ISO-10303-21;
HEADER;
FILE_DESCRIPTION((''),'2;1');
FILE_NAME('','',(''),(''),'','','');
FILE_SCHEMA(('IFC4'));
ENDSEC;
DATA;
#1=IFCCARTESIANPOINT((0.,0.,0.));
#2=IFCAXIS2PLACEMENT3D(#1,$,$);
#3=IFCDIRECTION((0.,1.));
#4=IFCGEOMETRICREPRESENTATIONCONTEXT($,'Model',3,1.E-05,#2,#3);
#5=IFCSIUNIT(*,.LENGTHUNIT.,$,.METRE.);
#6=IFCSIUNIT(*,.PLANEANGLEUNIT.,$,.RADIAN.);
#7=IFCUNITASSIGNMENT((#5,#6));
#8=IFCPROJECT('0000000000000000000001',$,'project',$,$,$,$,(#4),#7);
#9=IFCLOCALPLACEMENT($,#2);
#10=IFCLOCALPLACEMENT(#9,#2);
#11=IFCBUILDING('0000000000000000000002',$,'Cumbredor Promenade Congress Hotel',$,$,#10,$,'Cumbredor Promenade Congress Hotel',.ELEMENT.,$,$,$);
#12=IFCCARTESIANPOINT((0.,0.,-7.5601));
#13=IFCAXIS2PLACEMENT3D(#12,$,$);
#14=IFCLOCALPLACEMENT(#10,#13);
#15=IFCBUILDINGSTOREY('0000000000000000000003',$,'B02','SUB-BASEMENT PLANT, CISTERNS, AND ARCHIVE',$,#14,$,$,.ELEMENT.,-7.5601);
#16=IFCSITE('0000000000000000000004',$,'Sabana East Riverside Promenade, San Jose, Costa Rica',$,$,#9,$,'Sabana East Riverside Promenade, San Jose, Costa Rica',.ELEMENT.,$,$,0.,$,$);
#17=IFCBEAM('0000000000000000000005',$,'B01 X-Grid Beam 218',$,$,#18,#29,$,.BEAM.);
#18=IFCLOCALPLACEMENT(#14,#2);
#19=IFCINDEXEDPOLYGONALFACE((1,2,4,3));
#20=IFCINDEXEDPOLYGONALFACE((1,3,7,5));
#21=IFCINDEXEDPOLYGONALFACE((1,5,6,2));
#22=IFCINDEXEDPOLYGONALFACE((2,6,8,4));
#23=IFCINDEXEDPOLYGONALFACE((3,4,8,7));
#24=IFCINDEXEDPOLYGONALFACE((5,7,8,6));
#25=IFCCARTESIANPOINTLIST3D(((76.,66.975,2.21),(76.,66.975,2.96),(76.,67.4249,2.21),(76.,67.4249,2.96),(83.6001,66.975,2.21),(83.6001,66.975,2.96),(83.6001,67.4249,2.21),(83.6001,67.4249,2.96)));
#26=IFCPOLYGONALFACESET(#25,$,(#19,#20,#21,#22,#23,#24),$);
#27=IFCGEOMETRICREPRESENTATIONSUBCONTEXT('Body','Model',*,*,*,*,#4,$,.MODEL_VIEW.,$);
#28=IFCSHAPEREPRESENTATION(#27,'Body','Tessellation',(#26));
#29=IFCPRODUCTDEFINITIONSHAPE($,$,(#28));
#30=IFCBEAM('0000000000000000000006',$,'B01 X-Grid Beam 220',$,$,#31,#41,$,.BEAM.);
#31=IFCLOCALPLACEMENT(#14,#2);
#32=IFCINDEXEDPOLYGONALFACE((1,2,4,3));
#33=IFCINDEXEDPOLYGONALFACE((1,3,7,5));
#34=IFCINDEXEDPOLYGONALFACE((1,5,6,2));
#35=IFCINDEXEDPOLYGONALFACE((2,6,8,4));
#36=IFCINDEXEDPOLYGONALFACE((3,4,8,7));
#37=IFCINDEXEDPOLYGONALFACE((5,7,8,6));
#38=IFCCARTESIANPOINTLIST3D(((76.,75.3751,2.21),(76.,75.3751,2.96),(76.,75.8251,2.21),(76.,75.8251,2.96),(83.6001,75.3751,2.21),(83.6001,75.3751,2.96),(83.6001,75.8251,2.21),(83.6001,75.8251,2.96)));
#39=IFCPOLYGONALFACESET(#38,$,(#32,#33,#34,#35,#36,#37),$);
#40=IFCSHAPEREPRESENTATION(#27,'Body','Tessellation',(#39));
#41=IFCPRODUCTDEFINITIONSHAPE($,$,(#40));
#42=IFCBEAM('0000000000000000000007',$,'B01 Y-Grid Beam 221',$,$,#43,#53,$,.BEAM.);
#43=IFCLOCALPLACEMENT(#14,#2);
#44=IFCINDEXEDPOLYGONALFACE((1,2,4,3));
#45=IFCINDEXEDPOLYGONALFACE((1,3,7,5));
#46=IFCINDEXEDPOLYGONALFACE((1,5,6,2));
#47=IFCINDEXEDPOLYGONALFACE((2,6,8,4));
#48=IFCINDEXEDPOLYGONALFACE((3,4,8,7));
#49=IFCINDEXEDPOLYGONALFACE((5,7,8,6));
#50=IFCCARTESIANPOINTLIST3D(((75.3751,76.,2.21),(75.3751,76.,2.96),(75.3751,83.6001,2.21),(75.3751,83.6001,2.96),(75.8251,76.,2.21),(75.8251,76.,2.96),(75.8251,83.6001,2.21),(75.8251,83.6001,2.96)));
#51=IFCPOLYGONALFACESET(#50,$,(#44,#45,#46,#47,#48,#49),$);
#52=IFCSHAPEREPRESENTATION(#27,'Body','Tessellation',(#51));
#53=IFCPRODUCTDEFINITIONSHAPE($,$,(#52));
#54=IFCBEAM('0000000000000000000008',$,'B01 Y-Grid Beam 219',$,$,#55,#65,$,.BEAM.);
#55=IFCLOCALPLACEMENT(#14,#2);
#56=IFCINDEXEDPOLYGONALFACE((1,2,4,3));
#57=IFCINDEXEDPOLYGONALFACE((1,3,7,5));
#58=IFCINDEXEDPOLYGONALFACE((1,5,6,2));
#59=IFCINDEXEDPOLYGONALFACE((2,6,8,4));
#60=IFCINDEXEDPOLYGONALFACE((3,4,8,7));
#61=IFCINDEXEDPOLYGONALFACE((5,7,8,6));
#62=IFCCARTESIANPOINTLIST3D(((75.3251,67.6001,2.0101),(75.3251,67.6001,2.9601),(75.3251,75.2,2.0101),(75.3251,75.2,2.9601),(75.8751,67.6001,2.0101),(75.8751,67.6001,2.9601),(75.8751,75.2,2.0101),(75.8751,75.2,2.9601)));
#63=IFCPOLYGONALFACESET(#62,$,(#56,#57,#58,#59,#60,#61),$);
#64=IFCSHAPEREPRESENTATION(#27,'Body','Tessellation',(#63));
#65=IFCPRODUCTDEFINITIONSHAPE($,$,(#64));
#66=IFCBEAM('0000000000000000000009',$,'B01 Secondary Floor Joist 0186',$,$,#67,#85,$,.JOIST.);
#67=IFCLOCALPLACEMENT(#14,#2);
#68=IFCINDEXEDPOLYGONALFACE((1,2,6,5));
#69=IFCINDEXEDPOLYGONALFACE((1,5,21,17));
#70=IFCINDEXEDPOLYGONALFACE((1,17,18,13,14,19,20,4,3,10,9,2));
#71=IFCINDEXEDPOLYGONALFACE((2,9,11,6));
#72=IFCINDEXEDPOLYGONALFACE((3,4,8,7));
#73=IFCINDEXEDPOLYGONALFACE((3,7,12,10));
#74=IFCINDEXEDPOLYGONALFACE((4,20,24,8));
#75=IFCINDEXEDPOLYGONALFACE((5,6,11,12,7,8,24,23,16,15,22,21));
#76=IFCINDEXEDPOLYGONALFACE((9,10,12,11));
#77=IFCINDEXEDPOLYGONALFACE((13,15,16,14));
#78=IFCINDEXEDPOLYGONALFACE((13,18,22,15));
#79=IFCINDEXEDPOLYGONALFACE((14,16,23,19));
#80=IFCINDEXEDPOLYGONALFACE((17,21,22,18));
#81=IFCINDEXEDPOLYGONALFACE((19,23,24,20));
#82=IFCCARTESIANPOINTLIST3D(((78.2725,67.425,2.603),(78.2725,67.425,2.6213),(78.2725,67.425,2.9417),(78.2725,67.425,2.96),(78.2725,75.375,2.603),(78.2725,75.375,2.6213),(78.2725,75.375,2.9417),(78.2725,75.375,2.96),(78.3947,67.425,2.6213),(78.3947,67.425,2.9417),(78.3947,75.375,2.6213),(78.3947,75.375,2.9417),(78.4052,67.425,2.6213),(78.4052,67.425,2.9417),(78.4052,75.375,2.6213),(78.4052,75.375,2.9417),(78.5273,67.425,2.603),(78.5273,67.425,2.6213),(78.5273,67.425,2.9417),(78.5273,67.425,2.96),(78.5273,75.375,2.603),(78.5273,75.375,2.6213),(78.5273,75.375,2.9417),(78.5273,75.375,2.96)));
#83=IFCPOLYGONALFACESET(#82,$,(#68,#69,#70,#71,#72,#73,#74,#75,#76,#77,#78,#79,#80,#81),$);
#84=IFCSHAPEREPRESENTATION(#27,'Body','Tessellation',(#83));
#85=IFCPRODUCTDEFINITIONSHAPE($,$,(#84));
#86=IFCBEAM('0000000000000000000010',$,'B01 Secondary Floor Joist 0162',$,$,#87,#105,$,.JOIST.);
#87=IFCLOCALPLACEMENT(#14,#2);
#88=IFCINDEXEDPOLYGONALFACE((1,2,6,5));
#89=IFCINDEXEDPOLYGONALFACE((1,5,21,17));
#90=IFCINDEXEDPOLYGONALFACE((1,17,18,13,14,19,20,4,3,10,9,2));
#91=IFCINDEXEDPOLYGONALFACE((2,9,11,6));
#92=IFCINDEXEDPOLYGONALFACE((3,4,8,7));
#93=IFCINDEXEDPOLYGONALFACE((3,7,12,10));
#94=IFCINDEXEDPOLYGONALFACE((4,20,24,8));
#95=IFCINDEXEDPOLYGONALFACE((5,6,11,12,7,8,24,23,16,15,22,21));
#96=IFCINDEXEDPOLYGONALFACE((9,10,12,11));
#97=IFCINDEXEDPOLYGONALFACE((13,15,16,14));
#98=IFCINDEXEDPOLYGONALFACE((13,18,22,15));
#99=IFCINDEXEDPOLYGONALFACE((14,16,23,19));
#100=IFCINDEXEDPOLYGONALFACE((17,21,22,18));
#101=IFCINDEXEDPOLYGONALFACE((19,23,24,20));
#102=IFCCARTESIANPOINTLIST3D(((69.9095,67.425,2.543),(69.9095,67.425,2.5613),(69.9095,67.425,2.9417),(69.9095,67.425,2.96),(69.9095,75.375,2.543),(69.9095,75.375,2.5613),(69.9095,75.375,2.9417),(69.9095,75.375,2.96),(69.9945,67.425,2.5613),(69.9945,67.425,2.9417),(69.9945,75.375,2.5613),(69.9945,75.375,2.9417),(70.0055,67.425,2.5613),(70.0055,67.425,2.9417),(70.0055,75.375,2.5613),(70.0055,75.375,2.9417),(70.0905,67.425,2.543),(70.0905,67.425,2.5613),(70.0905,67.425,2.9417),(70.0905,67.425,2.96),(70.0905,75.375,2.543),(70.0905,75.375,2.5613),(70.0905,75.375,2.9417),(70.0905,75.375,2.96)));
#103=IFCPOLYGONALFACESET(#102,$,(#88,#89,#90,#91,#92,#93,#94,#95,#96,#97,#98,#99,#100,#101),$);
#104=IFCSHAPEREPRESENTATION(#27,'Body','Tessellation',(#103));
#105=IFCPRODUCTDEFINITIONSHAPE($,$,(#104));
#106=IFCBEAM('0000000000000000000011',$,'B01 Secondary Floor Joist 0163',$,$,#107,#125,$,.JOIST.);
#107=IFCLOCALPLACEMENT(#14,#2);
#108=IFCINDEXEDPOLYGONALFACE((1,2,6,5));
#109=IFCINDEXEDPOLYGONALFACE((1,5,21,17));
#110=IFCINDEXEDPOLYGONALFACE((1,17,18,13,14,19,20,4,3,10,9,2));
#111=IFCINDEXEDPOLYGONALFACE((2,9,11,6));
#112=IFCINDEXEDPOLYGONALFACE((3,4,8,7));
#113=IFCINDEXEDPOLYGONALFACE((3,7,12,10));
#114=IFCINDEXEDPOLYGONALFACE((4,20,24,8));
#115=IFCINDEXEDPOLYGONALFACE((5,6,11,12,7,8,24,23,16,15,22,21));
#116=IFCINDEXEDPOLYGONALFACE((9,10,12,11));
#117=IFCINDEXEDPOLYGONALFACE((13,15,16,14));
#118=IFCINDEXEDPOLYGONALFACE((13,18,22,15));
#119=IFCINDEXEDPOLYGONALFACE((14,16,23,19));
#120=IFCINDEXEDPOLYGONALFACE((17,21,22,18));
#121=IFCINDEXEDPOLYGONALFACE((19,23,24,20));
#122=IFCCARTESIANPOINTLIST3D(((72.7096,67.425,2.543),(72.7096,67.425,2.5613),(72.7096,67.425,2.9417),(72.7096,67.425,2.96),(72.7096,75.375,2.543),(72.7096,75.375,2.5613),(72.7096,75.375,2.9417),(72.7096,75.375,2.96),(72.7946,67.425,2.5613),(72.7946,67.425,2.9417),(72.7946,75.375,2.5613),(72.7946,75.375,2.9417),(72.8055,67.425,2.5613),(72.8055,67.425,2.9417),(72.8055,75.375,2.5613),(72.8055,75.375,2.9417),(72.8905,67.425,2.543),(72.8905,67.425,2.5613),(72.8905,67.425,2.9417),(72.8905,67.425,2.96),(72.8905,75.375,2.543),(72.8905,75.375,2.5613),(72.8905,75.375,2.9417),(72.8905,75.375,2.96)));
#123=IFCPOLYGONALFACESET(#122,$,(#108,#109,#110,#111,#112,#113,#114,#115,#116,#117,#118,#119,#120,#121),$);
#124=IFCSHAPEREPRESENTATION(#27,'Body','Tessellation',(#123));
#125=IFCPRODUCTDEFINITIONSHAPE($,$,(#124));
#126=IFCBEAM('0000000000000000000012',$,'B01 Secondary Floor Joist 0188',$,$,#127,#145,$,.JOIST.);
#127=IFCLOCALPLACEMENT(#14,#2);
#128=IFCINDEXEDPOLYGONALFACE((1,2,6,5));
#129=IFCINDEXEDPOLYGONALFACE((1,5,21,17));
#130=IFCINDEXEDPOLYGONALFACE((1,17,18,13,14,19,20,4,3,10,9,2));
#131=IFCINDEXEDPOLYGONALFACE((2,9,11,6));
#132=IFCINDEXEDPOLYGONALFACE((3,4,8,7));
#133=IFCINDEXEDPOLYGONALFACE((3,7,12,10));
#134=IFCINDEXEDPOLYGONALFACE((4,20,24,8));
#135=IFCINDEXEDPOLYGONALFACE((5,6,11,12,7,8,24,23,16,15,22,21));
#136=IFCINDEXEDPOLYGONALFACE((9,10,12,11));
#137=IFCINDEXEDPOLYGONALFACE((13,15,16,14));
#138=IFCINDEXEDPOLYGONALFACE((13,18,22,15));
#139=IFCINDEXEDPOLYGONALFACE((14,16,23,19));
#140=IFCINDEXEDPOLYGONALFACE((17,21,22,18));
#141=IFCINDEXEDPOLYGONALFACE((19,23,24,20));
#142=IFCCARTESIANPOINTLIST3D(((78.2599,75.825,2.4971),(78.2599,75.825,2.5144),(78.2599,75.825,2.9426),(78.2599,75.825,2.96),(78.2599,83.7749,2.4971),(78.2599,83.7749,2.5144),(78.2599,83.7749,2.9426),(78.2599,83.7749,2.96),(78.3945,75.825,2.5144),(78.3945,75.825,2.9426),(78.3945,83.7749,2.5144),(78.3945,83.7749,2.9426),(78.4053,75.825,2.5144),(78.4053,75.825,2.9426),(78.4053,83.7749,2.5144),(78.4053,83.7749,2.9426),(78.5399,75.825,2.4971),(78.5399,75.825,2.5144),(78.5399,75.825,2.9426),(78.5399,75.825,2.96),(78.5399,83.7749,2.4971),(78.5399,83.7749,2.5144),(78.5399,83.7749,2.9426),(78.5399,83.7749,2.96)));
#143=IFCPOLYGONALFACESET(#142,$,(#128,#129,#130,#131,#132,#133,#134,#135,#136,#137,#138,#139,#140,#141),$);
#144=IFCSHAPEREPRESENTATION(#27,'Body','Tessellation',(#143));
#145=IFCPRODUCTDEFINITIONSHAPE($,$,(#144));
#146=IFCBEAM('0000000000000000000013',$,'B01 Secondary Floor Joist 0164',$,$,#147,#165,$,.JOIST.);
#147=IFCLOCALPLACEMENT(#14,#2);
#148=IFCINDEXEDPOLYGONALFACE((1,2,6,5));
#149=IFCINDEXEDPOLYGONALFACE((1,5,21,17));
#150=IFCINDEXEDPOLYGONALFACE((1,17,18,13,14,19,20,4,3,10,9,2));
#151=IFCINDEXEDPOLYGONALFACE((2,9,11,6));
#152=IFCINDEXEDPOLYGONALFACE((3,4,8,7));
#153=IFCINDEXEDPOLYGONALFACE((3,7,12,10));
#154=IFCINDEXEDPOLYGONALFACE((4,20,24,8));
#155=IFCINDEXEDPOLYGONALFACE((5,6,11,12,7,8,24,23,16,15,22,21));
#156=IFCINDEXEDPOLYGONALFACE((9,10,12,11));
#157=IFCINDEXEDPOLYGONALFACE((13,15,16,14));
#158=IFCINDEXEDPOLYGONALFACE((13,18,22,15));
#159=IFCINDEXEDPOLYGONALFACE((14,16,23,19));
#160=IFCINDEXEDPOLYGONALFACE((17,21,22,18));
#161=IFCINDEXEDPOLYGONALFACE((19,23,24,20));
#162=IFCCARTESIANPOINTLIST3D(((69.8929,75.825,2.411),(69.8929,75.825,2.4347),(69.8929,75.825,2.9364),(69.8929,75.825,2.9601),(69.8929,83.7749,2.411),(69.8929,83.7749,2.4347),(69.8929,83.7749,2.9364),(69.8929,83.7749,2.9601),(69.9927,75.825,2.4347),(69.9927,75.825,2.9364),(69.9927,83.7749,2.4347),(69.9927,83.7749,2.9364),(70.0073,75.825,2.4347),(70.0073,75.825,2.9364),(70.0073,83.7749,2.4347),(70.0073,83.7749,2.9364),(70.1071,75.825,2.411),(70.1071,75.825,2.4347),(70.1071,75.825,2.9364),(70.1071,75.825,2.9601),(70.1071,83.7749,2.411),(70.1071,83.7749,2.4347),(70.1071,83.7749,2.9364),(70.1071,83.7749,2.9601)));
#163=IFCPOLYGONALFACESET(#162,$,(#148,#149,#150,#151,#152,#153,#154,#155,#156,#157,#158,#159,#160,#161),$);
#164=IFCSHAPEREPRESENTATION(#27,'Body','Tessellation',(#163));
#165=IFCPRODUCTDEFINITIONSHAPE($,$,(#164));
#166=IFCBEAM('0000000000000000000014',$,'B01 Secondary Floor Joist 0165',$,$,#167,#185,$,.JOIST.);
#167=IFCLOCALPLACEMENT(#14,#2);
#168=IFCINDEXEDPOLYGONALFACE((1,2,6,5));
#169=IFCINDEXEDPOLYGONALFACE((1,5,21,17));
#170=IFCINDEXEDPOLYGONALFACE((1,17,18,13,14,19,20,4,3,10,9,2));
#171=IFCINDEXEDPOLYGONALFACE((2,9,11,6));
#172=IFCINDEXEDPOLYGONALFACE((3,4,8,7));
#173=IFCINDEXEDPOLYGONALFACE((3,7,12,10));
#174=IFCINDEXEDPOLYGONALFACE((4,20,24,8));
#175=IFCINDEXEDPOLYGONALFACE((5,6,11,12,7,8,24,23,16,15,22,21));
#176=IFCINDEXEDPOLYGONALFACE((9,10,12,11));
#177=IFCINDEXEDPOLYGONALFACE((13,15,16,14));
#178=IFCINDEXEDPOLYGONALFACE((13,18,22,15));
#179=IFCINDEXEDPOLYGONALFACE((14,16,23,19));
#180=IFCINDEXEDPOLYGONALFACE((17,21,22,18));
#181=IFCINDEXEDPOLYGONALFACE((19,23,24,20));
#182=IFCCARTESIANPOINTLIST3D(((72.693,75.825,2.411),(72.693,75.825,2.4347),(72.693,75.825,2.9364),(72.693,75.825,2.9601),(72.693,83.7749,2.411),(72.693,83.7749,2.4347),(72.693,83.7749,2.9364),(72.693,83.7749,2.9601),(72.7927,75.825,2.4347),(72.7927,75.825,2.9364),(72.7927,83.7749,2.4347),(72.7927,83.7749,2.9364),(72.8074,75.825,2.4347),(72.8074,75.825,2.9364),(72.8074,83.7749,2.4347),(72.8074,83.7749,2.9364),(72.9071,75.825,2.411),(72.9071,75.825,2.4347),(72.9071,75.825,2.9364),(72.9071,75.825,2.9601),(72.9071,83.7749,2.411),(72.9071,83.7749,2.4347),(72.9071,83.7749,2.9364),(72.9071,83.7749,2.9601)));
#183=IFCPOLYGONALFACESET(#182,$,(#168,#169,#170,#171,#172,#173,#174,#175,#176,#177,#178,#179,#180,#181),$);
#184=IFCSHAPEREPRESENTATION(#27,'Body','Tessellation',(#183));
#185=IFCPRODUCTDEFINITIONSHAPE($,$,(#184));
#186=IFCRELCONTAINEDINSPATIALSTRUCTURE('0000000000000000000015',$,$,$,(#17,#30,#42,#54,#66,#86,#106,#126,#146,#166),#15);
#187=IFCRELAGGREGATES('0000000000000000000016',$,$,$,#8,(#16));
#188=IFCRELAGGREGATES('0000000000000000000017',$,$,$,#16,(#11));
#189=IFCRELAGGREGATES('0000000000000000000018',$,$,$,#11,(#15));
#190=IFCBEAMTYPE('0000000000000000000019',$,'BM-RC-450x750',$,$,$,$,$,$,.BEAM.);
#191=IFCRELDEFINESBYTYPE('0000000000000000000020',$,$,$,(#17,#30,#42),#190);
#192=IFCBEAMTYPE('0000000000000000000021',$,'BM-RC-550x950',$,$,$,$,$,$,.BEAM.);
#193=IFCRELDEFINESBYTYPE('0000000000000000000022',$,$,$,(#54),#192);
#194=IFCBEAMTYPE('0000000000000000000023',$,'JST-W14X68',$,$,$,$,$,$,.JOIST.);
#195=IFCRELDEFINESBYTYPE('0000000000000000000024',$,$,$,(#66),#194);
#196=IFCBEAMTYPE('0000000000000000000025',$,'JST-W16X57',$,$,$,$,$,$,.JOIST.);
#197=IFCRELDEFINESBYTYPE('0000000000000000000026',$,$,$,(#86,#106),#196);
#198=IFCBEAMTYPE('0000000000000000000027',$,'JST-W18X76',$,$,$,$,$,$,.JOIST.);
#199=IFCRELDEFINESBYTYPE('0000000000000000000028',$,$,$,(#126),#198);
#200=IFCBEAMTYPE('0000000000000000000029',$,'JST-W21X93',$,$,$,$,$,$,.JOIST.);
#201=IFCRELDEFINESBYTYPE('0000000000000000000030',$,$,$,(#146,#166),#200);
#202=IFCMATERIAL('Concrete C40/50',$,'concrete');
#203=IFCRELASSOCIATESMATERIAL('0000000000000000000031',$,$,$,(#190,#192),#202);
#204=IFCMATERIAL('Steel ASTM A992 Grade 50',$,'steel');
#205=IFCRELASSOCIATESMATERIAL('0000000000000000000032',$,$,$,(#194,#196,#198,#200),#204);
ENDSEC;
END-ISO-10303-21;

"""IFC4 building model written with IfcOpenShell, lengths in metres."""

from ifc_helpers import new_model, si_unit, direction, frame, origin, origin_2d, place, context, subcontext, project, spatial, rectangle, i_section, extrude, material, material_profile, profile_set, type_object, element, save


model = new_model("IFC4")

# Units and contexts
model_context = context("Model", 3, precision=1e-05, world=origin(), true_north=direction((0.0, 1.0)))
body_context = subcontext(model_context, "Body", "Model", "MODEL_VIEW")
ifc_project = project(units=[si_unit("LENGTHUNIT", "METRE"), si_unit("PLANEANGLEUNIT", "RADIAN")], contexts=[model_context])

# Site, building, storey
site_placement = place(None, origin())
site = spatial("IfcSite", under=ifc_project, at=site_placement, Name="Sabana East Riverside Promenade, San Jose, Costa Rica", LongName="Sabana East Riverside Promenade, San Jose, Costa Rica", CompositionType="ELEMENT", RefElevation=0.0)
building_placement = place(site_placement, origin())
building = spatial("IfcBuilding", under=site, at=building_placement, Name="Cumbredor Promenade Congress Hotel", LongName="Cumbredor Promenade Congress Hotel", CompositionType="ELEMENT")
storey_placement = place(building_placement, frame((0.0, 0.0, -7.5601)))
storey = spatial("IfcBuildingStorey", under=building, at=storey_placement, Name="B02", Description="SUB-BASEMENT PLANT, CISTERNS, AND ARCHIVE", CompositionType="ELEMENT", Elevation=-7.5601)

# Shared definitions
ifc_material_1 = material(Name="Concrete C40/50", Category="concrete")

# Beams
ifc_material_profile_1 = material_profile(ifc_material_1, rectangle(XDim=0.45, YDim=0.75, at=origin_2d()), Name="RC BEAM 450x750")
ifc_profile_set_1 = profile_set([ifc_material_profile_1], Name="Concrete C40/50")
beam_type_1 = type_object("IfcBeamType", Name="BM-RC-450x750", PredefinedType="BEAM", material=ifc_profile_set_1)
for number, where, z_axis, x_axis, name in (
    (1, (76.0, 67.2, 2.585), (1.0, 0.0, 0.0), (0.0, 1.0, 0.0), "B01 X-Grid Beam 218"),
    (2, (76.0, 75.6001, 2.585), (1.0, 0.0, 0.0), (0.0, 1.0, 0.0), "B01 X-Grid Beam 220"),
    (3, (75.6001, 76.0, 2.585), (0.0, 1.0, 0.0), (-1.0, 0.0, 0.0), "B01 Y-Grid Beam 221"),
):
    element("IfcBeam", number, at=place(storey_placement, frame(where, z_axis=z_axis, x_axis=x_axis)), inside=storey, type_object=beam_type_1, Name=name, PredefinedType="BEAM", context=body_context, shape_type="SweptSolid", body=[
        extrude(rectangle(XDim=0.45, YDim=0.75, at=origin_2d()), origin(), (0.0, 0.0, 1.0), 7.6001),
    ])
ifc_material_profile_2 = material_profile(ifc_material_1, rectangle(XDim=0.55, YDim=0.95, at=origin_2d()), Name="RC BEAM 550x950")
ifc_profile_set_2 = profile_set([ifc_material_profile_2], Name="Concrete C40/50")
beam_type_2 = type_object("IfcBeamType", Name="BM-RC-550x950", PredefinedType="BEAM", material=ifc_profile_set_2)
beam_1_placement = place(storey_placement, frame((75.6001, 67.6001, 2.4851), z_axis=(0.0, 1.0, 0.0), x_axis=(-1.0, 0.0, 0.0)))
element("IfcBeam", 4, at=beam_1_placement, inside=storey, type_object=beam_type_2, Name="B01 Y-Grid Beam 219", PredefinedType="BEAM", context=body_context, shape_type="SweptSolid", body=[
    extrude(rectangle(XDim=0.55, YDim=0.95, at=origin_2d()), origin(), (0.0, 0.0, 1.0), 7.5999),
])
ifc_material_2 = material(Name="Steel ASTM A992 Grade 50", Category="steel")
ifc_material_profile_3 = material_profile(ifc_material_2, i_section(OverallWidth=0.2549, OverallDepth=0.3569, WebThickness=0.0105, FlangeThickness=0.0183, at=origin_2d()), Name="W14X68")
ifc_profile_set_3 = profile_set([ifc_material_profile_3], Name="Steel ASTM A992 Grade 50")
beam_type_3 = type_object("IfcBeamType", Name="JST-W14X68", PredefinedType="JOIST", material=ifc_profile_set_3)
beam_2_placement = place(storey_placement, frame((78.3999, 67.425, 2.7815), z_axis=(0.0, 1.0, 0.0), x_axis=(-1.0, 0.0, 0.0)))
element("IfcBeam", 5, at=beam_2_placement, inside=storey, type_object=beam_type_3, Name="B01 Secondary Floor Joist 0186", PredefinedType="JOIST", context=body_context, shape_type="SweptSolid", body=[
    extrude(i_section(OverallWidth=0.2549, OverallDepth=0.3569, WebThickness=0.0105, FlangeThickness=0.0183, at=origin_2d()), origin(), (0.0, 0.0, 1.0), 7.95),
])
ifc_material_profile_4 = material_profile(ifc_material_2, i_section(OverallWidth=0.1809, OverallDepth=0.417, WebThickness=0.011, FlangeThickness=0.0183, at=origin_2d()), Name="W16X57")
ifc_profile_set_4 = profile_set([ifc_material_profile_4], Name="Steel ASTM A992 Grade 50")
beam_type_4 = type_object("IfcBeamType", Name="JST-W16X57", PredefinedType="JOIST", material=ifc_profile_set_4)
for number, where, z_axis, x_axis, name in (
    (6, (70.0, 67.425, 2.7515), (0.0, 1.0, 0.0), (-1.0, 0.0, 0.0), "B01 Secondary Floor Joist 0162"),
    (7, (72.8, 67.425, 2.7515), (0.0, 1.0, 0.0), (-1.0, 0.0, 0.0), "B01 Secondary Floor Joist 0163"),
):
    element("IfcBeam", number, at=place(storey_placement, frame(where, z_axis=z_axis, x_axis=x_axis)), inside=storey, type_object=beam_type_4, Name=name, PredefinedType="JOIST", context=body_context, shape_type="SweptSolid", body=[
        extrude(i_section(OverallWidth=0.1809, OverallDepth=0.417, WebThickness=0.011, FlangeThickness=0.0183, at=origin_2d()), origin(), (0.0, 0.0, 1.0), 7.95),
    ])
ifc_material_profile_5 = material_profile(ifc_material_2, i_section(OverallWidth=0.28, OverallDepth=0.4629, WebThickness=0.0107, FlangeThickness=0.0173, at=origin_2d()), Name="W18X76")
ifc_profile_set_5 = profile_set([ifc_material_profile_5], Name="Steel ASTM A992 Grade 50")
beam_type_5 = type_object("IfcBeamType", Name="JST-W18X76", PredefinedType="JOIST", material=ifc_profile_set_5)
beam_3_placement = place(storey_placement, frame((78.3999, 75.825, 2.7285), z_axis=(0.0, 1.0, 0.0), x_axis=(-1.0, 0.0, 0.0)))
element("IfcBeam", 8, at=beam_3_placement, inside=storey, type_object=beam_type_5, Name="B01 Secondary Floor Joist 0188", PredefinedType="JOIST", context=body_context, shape_type="SweptSolid", body=[
    extrude(i_section(OverallWidth=0.28, OverallDepth=0.4629, WebThickness=0.0107, FlangeThickness=0.0173, at=origin_2d()), origin(), (0.0, 0.0, 1.0), 7.95),
])
ifc_material_profile_6 = material_profile(ifc_material_2, i_section(OverallWidth=0.2141, OverallDepth=0.5491, WebThickness=0.0146, FlangeThickness=0.0237, at=origin_2d()), Name="W21X93")
ifc_profile_set_6 = profile_set([ifc_material_profile_6], Name="Steel ASTM A992 Grade 50")
beam_type_6 = type_object("IfcBeamType", Name="JST-W21X93", PredefinedType="JOIST", material=ifc_profile_set_6)
for number, where, z_axis, x_axis, name in (
    (9, (70.0, 75.825, 2.6855), (0.0, 1.0, 0.0), (-1.0, 0.0, 0.0), "B01 Secondary Floor Joist 0164"),
    (10, (72.8, 75.825, 2.6855), (0.0, 1.0, 0.0), (-1.0, 0.0, 0.0), "B01 Secondary Floor Joist 0165"),
):
    element("IfcBeam", number, at=place(storey_placement, frame(where, z_axis=z_axis, x_axis=x_axis)), inside=storey, type_object=beam_type_6, Name=name, PredefinedType="JOIST", context=body_context, shape_type="SweptSolid", body=[
        extrude(i_section(OverallWidth=0.2141, OverallDepth=0.5491, WebThickness=0.0146, FlangeThickness=0.0237, at=origin_2d()), origin(), (0.0, 0.0, 1.0), 7.95),
    ])

save(model, "model.ifc")
